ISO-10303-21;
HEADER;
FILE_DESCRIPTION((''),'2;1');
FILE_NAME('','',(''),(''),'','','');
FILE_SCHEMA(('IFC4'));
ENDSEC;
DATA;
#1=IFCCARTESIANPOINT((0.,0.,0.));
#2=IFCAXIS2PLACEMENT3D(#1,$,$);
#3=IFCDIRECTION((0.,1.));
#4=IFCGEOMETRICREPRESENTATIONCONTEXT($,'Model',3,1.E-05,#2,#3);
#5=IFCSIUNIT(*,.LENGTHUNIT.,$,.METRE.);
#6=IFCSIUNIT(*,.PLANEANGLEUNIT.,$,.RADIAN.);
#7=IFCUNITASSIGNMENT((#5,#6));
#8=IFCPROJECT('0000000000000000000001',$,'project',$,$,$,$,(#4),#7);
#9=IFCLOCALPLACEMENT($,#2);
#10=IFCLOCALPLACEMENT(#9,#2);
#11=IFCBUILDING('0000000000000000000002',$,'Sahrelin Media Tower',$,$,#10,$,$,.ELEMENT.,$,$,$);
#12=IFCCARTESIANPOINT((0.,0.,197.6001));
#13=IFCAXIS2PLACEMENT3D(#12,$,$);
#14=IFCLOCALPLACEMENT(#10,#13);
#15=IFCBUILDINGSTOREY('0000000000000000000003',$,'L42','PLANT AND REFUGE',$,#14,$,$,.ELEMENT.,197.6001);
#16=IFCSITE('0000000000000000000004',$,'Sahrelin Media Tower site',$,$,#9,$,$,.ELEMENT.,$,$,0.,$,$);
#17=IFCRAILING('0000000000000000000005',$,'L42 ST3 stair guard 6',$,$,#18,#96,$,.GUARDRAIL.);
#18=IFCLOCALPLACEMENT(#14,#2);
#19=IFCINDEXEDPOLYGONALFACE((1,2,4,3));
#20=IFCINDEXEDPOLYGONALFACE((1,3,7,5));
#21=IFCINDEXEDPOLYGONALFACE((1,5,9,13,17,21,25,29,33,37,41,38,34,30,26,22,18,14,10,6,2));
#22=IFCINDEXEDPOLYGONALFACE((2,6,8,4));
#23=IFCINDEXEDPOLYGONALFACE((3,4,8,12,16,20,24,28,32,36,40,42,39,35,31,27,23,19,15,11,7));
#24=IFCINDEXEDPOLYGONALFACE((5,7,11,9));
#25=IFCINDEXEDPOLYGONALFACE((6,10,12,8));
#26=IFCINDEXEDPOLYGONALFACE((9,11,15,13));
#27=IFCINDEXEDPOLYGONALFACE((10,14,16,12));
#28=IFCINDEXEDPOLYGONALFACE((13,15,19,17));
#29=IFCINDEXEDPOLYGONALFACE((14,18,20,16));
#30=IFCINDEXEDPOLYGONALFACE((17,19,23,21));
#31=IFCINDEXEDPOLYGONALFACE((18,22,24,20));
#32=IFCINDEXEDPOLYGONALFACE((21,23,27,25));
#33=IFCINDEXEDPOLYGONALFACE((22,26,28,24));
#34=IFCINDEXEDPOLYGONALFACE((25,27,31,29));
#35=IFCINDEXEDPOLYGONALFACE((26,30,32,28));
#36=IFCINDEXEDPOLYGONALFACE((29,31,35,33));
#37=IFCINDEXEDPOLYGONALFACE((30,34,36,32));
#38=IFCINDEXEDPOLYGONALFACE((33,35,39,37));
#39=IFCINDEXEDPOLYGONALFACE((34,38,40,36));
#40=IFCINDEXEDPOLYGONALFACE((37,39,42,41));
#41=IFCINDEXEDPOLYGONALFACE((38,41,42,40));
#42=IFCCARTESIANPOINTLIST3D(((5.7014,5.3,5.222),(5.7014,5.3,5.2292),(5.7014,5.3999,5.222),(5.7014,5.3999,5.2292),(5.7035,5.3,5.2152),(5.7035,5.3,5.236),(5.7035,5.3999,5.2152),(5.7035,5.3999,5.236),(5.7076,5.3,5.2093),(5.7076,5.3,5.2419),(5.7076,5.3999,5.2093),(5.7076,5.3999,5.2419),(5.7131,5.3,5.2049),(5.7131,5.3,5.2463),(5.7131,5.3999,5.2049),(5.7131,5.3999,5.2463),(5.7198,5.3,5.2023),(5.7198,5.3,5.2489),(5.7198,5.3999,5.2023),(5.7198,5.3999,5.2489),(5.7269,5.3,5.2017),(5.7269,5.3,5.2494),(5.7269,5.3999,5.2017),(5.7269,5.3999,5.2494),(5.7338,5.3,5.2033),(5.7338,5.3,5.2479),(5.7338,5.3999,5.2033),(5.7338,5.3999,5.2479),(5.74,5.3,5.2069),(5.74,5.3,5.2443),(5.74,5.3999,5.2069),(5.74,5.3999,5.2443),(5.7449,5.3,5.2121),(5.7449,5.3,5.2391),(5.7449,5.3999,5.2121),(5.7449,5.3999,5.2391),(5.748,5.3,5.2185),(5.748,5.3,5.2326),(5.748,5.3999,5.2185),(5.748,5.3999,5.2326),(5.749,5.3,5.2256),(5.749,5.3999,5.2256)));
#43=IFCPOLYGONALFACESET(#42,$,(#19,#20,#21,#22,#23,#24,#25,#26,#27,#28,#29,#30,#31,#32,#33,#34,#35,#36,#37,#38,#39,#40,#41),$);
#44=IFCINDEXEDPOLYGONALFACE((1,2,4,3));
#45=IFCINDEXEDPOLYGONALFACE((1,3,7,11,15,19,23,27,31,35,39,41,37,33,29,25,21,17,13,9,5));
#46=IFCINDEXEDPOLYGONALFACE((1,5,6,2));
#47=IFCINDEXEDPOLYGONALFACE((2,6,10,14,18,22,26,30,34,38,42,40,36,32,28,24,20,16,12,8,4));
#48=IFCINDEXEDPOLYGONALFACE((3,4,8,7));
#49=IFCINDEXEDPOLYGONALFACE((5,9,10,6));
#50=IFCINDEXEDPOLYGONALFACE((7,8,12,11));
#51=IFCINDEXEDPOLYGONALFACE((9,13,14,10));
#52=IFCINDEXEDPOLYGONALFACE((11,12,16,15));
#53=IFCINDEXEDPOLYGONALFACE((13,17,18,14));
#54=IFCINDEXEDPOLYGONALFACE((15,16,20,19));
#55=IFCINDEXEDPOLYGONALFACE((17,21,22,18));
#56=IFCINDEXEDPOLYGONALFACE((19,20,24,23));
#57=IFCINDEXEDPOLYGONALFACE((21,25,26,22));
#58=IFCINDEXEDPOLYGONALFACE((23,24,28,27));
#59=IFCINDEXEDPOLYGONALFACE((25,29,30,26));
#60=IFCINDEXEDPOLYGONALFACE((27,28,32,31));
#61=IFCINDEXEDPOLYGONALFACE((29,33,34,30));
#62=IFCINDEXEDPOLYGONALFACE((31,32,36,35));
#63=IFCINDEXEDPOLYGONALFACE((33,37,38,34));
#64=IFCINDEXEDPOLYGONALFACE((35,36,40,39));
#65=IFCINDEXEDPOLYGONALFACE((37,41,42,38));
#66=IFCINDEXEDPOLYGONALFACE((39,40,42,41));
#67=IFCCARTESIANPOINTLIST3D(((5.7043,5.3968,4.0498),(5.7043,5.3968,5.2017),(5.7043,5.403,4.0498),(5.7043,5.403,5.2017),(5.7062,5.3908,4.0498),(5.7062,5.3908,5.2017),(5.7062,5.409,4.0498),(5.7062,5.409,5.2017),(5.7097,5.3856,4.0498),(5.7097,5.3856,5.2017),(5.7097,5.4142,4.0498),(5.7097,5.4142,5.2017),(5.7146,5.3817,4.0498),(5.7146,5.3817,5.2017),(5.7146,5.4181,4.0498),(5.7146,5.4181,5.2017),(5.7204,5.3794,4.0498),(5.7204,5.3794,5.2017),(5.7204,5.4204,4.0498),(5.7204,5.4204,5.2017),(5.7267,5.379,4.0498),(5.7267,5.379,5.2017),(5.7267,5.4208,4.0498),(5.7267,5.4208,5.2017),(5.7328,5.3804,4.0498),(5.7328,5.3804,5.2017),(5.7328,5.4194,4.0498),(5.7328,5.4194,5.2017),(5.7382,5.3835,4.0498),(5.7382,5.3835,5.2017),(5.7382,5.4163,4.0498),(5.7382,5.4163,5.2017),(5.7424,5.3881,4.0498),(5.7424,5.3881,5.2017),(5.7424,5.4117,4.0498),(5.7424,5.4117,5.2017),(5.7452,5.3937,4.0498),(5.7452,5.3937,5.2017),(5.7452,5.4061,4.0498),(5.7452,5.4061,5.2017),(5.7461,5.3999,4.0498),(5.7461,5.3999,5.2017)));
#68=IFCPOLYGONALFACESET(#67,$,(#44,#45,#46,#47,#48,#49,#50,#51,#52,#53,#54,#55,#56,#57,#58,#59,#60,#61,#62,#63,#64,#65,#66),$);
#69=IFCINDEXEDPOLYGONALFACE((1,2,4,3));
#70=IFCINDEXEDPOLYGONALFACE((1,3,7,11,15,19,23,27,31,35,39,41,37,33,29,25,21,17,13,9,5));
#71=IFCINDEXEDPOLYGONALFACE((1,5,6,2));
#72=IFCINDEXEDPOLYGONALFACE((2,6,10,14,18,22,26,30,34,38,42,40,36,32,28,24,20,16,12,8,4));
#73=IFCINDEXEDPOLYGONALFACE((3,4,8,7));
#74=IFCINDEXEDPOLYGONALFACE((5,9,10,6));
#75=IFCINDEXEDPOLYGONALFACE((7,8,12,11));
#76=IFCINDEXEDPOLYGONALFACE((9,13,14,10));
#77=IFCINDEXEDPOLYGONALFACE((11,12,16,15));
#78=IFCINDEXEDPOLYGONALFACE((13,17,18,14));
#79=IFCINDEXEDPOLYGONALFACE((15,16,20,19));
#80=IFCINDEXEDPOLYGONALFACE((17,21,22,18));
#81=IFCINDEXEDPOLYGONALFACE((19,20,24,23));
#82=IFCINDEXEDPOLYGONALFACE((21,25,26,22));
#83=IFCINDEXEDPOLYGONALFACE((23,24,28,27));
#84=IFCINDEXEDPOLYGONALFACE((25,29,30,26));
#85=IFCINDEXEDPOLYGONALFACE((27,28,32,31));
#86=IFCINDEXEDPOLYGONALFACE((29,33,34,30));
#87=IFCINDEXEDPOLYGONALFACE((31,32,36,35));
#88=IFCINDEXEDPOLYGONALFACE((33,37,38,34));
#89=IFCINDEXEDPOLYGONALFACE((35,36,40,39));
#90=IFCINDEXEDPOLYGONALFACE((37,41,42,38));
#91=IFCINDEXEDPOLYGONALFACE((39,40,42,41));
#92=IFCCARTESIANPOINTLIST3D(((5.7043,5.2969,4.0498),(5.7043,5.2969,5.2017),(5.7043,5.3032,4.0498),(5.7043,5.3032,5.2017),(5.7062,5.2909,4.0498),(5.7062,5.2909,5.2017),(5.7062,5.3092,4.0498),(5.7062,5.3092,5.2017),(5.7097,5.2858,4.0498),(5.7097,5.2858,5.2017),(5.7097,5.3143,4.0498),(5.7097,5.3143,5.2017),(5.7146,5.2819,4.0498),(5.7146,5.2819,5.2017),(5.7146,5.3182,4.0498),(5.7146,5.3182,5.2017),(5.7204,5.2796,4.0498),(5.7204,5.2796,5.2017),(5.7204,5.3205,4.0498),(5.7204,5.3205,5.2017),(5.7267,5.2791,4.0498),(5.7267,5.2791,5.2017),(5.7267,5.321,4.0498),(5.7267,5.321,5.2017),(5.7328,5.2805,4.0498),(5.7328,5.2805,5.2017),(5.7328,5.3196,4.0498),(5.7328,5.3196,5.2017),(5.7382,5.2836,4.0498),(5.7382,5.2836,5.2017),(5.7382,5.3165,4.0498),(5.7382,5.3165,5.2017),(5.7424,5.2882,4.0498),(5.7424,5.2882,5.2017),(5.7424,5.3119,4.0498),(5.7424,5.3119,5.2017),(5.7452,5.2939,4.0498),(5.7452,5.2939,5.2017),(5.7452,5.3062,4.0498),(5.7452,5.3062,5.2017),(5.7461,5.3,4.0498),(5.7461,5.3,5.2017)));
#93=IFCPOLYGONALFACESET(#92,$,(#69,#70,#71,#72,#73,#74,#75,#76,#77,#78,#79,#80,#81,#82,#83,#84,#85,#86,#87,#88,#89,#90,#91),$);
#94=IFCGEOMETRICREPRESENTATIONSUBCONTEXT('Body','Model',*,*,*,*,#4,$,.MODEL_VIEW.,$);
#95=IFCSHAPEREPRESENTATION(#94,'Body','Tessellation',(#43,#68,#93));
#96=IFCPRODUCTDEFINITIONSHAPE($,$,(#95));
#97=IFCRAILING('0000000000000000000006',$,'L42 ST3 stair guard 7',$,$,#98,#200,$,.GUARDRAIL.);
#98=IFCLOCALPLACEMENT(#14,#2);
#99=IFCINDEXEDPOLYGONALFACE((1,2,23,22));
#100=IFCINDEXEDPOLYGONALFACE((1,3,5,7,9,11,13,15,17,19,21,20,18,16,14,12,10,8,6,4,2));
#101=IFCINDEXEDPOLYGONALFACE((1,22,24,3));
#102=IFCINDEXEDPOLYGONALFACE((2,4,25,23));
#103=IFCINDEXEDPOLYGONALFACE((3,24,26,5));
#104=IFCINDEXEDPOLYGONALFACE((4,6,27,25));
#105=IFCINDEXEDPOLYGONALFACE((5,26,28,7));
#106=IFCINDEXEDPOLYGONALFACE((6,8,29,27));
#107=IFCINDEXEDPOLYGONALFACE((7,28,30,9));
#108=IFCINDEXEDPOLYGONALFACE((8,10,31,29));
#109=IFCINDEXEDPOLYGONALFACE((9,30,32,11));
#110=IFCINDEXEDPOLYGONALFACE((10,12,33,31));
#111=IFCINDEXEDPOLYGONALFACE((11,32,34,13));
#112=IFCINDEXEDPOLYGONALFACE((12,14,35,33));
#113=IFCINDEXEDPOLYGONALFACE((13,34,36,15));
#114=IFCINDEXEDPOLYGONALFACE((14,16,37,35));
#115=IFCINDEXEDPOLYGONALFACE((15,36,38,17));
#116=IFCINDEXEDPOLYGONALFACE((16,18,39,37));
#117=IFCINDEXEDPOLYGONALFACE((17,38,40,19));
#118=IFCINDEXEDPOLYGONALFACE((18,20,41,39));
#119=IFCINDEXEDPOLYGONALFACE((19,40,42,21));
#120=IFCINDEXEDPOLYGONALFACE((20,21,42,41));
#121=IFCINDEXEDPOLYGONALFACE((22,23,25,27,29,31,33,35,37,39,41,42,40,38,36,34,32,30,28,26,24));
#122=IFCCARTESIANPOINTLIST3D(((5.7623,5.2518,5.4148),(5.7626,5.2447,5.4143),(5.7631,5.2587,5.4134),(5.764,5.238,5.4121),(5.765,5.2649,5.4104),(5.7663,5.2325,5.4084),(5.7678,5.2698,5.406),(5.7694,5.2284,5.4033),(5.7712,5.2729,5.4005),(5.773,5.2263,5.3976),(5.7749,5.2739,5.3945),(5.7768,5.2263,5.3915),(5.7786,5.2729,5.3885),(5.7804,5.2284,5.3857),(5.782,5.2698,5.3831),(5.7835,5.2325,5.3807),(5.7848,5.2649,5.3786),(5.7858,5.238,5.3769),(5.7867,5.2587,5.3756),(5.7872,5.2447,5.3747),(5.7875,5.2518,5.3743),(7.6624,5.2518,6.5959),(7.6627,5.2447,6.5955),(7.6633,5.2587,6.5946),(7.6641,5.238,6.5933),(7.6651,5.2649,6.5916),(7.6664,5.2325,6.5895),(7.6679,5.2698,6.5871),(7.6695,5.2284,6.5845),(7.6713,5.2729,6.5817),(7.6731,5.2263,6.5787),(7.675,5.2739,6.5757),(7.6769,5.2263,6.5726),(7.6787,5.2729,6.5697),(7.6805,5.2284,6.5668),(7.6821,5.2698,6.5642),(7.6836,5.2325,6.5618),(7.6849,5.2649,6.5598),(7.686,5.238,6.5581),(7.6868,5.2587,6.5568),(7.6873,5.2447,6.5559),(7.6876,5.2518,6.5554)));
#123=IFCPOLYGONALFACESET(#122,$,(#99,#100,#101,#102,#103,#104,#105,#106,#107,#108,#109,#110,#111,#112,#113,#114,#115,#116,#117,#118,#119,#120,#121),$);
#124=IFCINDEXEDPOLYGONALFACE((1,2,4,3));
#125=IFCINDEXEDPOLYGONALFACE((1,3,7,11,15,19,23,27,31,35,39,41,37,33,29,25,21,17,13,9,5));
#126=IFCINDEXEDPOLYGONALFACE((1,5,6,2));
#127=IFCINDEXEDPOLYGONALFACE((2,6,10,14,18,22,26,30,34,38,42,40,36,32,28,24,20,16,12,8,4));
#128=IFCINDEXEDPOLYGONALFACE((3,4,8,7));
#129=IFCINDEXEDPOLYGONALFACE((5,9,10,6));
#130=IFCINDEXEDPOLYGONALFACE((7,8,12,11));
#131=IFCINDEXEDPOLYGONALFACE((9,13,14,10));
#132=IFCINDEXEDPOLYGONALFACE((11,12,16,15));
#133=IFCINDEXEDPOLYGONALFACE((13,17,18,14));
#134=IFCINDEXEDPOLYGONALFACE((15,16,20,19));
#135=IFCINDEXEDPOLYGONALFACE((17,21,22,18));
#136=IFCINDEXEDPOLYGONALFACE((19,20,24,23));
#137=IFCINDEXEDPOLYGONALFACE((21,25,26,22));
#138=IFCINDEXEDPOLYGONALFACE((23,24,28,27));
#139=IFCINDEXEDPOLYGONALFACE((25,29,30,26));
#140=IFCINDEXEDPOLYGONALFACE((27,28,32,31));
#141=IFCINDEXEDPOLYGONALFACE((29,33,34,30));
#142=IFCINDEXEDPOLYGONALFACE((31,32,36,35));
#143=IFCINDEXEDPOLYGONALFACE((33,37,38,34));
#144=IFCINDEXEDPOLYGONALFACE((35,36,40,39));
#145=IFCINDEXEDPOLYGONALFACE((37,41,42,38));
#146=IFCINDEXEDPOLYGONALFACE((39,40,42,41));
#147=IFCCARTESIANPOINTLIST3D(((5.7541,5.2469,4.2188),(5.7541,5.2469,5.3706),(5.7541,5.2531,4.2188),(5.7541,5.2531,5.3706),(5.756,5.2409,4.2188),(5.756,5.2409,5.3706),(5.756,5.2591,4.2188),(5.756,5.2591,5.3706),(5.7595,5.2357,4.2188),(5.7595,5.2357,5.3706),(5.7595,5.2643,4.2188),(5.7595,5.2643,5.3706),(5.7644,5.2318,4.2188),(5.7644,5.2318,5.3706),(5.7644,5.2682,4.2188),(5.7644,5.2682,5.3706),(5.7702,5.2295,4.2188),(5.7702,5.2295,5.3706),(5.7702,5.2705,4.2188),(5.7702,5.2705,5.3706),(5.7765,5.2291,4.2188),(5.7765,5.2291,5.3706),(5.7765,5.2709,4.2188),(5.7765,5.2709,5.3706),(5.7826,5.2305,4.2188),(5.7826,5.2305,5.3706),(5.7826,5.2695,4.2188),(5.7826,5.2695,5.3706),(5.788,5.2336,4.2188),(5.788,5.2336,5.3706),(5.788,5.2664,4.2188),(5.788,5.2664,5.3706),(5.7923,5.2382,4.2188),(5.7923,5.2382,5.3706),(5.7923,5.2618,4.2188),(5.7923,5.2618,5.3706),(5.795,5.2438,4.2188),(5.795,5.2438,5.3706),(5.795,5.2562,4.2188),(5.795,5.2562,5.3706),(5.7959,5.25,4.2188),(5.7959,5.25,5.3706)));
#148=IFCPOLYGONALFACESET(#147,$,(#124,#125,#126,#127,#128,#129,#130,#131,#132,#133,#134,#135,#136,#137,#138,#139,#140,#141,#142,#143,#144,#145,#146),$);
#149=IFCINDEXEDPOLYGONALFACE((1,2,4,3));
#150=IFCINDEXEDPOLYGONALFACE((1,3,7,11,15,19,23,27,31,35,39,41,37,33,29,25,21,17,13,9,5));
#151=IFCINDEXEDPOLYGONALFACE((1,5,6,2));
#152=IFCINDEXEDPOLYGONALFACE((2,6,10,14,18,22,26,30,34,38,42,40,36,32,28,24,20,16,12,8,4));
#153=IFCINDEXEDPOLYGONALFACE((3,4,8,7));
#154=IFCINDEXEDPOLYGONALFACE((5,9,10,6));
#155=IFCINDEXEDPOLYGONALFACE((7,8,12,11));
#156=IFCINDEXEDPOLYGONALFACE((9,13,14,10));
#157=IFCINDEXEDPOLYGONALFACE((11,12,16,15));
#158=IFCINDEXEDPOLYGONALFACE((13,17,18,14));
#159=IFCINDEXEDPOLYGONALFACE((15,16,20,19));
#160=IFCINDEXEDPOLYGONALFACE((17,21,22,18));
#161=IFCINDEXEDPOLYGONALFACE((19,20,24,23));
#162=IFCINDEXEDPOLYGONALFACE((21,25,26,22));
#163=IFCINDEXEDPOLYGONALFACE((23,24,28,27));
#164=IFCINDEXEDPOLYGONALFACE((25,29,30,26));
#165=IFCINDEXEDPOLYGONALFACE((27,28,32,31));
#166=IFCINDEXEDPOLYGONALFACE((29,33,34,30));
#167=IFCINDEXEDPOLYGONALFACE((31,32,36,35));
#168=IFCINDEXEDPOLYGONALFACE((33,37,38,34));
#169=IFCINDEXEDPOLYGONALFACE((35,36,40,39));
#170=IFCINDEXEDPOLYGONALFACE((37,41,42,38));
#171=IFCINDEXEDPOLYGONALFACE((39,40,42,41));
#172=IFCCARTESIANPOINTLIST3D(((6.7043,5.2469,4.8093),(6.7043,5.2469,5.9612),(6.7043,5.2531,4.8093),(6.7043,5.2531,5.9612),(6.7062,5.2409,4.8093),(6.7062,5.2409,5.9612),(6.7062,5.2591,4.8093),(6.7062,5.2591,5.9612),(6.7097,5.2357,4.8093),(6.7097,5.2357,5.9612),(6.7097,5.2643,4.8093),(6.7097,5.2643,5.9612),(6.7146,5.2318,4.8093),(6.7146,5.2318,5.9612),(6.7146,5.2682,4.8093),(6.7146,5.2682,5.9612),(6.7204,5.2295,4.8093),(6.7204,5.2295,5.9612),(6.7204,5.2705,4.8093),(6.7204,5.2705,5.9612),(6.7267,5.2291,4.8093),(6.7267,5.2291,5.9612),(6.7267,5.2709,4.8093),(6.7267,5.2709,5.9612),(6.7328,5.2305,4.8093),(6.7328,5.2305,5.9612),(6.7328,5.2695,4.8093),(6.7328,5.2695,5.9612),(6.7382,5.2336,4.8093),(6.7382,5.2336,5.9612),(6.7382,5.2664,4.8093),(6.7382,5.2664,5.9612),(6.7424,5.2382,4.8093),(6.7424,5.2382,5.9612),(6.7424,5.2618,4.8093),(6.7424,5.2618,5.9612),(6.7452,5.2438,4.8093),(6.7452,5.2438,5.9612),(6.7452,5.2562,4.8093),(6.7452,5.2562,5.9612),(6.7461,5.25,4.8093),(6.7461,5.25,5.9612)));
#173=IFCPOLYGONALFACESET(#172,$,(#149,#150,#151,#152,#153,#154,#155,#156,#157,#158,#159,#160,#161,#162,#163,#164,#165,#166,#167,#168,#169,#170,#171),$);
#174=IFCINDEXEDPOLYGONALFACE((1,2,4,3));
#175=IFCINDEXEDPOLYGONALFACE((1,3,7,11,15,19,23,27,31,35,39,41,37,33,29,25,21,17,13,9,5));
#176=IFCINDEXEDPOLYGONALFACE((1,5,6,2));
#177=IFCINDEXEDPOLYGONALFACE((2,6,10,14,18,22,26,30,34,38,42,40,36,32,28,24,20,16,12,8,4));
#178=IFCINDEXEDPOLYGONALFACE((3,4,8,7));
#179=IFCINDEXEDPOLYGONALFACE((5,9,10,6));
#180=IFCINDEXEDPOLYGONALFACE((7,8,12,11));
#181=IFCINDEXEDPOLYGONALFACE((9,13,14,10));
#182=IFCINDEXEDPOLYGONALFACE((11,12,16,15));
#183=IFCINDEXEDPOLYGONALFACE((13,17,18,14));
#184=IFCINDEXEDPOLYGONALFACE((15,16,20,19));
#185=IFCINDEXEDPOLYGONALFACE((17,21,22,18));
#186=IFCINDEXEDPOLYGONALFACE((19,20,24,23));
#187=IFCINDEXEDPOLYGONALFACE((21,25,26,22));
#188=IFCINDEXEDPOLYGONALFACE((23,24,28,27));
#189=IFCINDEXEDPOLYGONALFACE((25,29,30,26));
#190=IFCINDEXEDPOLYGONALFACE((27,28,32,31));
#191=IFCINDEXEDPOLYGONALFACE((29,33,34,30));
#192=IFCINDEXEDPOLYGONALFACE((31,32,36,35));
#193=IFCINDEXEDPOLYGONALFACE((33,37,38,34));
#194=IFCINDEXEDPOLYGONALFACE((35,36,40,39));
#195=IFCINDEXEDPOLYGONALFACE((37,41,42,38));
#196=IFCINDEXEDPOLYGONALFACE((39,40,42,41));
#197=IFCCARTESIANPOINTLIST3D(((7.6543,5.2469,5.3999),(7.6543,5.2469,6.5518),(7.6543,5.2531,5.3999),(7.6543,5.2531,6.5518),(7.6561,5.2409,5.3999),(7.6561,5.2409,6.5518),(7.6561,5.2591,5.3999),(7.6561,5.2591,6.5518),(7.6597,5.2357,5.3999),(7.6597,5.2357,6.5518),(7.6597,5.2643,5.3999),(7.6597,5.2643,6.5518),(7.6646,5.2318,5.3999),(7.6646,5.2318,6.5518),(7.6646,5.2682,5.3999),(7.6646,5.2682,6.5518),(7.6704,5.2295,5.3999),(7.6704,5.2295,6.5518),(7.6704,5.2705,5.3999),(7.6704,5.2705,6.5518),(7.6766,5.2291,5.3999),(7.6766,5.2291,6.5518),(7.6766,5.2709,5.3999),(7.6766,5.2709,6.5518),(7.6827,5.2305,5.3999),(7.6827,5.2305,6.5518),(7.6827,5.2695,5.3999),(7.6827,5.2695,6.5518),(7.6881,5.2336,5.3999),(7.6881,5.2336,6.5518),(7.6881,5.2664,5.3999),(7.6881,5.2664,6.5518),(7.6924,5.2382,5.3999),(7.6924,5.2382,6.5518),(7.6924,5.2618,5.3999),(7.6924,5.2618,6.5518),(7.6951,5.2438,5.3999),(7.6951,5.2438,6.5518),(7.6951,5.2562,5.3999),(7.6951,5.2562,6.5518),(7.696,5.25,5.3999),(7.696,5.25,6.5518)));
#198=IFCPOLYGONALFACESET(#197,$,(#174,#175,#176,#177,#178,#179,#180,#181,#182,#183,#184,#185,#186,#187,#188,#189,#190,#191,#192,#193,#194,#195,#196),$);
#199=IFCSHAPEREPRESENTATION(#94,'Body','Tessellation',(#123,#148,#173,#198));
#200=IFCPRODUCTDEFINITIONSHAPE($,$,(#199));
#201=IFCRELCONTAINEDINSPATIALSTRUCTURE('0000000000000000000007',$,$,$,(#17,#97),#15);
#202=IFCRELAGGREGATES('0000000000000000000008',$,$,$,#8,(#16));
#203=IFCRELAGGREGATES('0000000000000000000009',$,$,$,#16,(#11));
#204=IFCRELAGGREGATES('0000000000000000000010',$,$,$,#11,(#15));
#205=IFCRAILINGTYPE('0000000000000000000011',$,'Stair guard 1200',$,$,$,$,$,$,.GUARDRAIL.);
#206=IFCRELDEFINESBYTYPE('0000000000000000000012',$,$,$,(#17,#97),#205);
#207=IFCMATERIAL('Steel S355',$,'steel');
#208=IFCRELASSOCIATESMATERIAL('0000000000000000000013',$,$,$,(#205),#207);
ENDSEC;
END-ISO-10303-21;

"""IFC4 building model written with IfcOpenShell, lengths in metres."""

from ifc_helpers import new_model, si_unit, direction, frame, origin, origin_2d, place, context, subcontext, project, spatial, circle, extrude, material, type_object, element, save


model = new_model("IFC4")

# Units and contexts
model_context = context("Model", 3, precision=1e-05, world=origin(), true_north=direction((0.0, 1.0)))
body_context = subcontext(model_context, "Body", "Model", "MODEL_VIEW")
ifc_project = project(units=[si_unit("LENGTHUNIT", "METRE"), si_unit("PLANEANGLEUNIT", "RADIAN")], contexts=[model_context])

# Site, building, storey
site_placement = place(None, origin())
site = spatial("IfcSite", under=ifc_project, at=site_placement, Name="Sahrelin Media Tower site", CompositionType="ELEMENT", RefElevation=0.0)
building_placement = place(site_placement, origin())
building = spatial("IfcBuilding", under=site, at=building_placement, Name="Sahrelin Media Tower", CompositionType="ELEMENT")
storey_placement = place(building_placement, frame((0.0, 0.0, 197.6001)))
storey = spatial("IfcBuildingStorey", under=building, at=storey_placement, Name="L42", Description="PLANT AND REFUGE", CompositionType="ELEMENT", Elevation=197.6001)

# Shared definitions
ifc_material_1 = material(Name="Steel S355", Category="steel")

# Railings
railing_type_1 = type_object("IfcRailingType", Name="Stair guard 1200", PredefinedType="GUARDRAIL", material=ifc_material_1)
railing_1_placement = place(storey_placement, frame((5.7251, 5.3999, 4.0498)))
element("IfcRailing", 1, at=railing_1_placement, inside=storey, type_object=railing_type_1, Name="L42 ST3 stair guard 6", PredefinedType="GUARDRAIL", context=body_context, shape_type="SweptSolid", body=[
    extrude(circle(Radius=0.0239, at=origin_2d()), frame((0.0, 0.0, 1.1758), z_axis=(0.0, -1.0, 0.0), x_axis=(1.0, 0.0, 0.0)), (0.0, 0.0, 1.0), 0.0999),
    extrude(circle(Radius=0.021, at=origin_2d()), origin(), (0.0, 0.0, 1.0), 1.1519),
    extrude(circle(Radius=0.021, at=origin_2d()), frame((0.0, -0.0999, 0.0)), (0.0, 0.0, 1.0), 1.1519),
])
railing_2_placement = place(storey_placement, frame((5.7749, 5.25, 4.2188)))
element("IfcRailing", 2, at=railing_2_placement, inside=storey, type_object=railing_type_1, Name="L42 ST3 stair guard 7", PredefinedType="GUARDRAIL", context=body_context, shape_type="SweptSolid", body=[
    extrude(circle(Radius=0.0239, at=origin_2d()), frame((0.0, 0.0, 1.1758), z_axis=(0.849289, 0.0, 0.527928), x_axis=(0.0, 1.0, 0.0)), (0.0, 0.0, 1.0), 2.2373),
    extrude(circle(Radius=0.021, at=origin_2d()), origin(), (0.0, 0.0, 1.0), 1.1519),
    extrude(circle(Radius=0.021, at=origin_2d()), frame((0.9502, 0.0, 0.5906)), (0.0, 0.0, 1.0), 1.1519),
    extrude(circle(Radius=0.021, at=origin_2d()), frame((1.9001, 0.0, 1.1812)), (0.0, 0.0, 1.0), 1.1519),
])

save(model, "model.ifc")
